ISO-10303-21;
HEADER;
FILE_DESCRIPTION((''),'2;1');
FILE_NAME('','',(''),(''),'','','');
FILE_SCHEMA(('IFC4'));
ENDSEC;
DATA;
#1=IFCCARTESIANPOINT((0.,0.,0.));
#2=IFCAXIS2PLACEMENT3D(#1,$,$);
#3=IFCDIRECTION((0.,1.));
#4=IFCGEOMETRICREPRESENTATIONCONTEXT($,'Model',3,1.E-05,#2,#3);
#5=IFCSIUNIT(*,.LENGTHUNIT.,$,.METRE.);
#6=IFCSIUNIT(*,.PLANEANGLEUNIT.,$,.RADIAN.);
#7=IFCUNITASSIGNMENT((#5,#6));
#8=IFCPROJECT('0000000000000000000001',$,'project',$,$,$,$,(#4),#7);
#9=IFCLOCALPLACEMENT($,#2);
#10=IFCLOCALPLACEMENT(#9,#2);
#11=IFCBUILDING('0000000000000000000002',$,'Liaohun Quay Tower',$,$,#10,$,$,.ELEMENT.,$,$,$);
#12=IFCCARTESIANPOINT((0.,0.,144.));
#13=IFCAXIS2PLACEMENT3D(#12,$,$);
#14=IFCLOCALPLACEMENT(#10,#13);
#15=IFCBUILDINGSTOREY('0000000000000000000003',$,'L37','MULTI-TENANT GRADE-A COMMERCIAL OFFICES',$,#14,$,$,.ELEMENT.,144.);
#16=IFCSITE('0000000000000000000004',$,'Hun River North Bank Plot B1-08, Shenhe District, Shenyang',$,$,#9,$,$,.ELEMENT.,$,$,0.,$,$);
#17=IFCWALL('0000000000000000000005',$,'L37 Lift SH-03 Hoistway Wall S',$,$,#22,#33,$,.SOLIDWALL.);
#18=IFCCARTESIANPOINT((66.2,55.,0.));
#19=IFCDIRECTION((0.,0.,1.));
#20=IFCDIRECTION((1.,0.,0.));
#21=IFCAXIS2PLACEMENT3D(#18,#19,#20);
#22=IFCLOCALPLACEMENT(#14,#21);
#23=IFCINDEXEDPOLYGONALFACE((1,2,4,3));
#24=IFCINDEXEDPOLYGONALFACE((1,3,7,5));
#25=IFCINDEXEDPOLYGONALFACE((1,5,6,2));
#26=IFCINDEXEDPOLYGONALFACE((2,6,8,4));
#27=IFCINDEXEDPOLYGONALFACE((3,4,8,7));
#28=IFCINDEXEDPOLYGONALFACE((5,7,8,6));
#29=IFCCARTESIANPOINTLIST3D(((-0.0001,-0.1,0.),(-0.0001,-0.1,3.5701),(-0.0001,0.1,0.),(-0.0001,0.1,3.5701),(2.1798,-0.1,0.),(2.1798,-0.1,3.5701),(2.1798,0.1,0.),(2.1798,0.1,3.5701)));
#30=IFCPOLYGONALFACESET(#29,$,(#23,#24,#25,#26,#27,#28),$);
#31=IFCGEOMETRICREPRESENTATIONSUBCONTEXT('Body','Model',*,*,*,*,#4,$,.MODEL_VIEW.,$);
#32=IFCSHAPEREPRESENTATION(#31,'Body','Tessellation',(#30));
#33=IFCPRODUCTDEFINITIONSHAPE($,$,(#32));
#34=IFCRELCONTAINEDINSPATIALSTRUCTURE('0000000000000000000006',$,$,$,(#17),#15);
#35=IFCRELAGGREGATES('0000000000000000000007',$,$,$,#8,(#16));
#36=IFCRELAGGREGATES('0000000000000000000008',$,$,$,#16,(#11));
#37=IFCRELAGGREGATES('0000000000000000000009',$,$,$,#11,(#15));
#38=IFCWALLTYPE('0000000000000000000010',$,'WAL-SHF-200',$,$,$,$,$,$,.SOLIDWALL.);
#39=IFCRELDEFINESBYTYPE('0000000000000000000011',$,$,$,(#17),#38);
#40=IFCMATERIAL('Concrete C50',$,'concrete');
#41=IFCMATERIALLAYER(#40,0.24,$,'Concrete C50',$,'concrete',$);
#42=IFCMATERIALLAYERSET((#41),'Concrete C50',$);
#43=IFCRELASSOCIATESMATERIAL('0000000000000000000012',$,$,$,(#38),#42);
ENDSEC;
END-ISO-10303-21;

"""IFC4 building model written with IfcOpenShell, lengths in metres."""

from ifc_helpers import new_model, si_unit, direction, frame, frame_2d, origin, place, context, subcontext, project, spatial, rectangle, extrude, material, layer, layer_set, type_object, element, save


model = new_model("IFC4")

# Units and contexts
model_context = context("Model", 3, precision=1e-05, world=origin(), true_north=direction((0.0, 1.0)))
body_context = subcontext(model_context, "Body", "Model", "MODEL_VIEW")
ifc_project = project(units=[si_unit("LENGTHUNIT", "METRE"), si_unit("PLANEANGLEUNIT", "RADIAN")], contexts=[model_context])

# Site, building, storey
site_placement = place(None, origin())
site = spatial("IfcSite", under=ifc_project, at=site_placement, Name="Hun River North Bank Plot B1-08, Shenhe District, Shenyang", CompositionType="ELEMENT", RefElevation=0.0)
building_placement = place(site_placement, origin())
building = spatial("IfcBuilding", under=site, at=building_placement, Name="Liaohun Quay Tower", CompositionType="ELEMENT")
storey_placement = place(building_placement, frame((0.0, 0.0, 144.0)))
storey = spatial("IfcBuildingStorey", under=building, at=storey_placement, Name="L37", Description="MULTI-TENANT GRADE-A COMMERCIAL OFFICES", CompositionType="ELEMENT", Elevation=144.0)

# Shared definitions
ifc_material_1 = material(Name="Concrete C50", Category="concrete")
ifc_layer_1 = layer(ifc_material_1, 0.24, Name="Concrete C50", Category="concrete")
ifc_layer_set_1 = layer_set([ifc_layer_1], Name="Concrete C50")
wall_type_1 = type_object("IfcWallType", Name="WAL-SHF-200", PredefinedType="SOLIDWALL", material=ifc_layer_set_1)

# Wall
wall_1_placement = place(storey_placement, frame((66.2, 55.0, 0.0), z_axis=(0.0, 0.0, 1.0), x_axis=(1.0, 0.0, 0.0)))
element("IfcWall", 1, at=wall_1_placement, inside=storey, type_object=wall_type_1, Name="L37 Lift SH-03 Hoistway Wall S", PredefinedType="SOLIDWALL", context=body_context, shape_type="SweptSolid", body=[
    extrude(rectangle(XDim=2.1799, YDim=0.2, at=frame_2d((1.0898, 0.0))), origin(), (0.0, 0.0, 1.0), 3.5701),
])

save(model, "model.ifc")
